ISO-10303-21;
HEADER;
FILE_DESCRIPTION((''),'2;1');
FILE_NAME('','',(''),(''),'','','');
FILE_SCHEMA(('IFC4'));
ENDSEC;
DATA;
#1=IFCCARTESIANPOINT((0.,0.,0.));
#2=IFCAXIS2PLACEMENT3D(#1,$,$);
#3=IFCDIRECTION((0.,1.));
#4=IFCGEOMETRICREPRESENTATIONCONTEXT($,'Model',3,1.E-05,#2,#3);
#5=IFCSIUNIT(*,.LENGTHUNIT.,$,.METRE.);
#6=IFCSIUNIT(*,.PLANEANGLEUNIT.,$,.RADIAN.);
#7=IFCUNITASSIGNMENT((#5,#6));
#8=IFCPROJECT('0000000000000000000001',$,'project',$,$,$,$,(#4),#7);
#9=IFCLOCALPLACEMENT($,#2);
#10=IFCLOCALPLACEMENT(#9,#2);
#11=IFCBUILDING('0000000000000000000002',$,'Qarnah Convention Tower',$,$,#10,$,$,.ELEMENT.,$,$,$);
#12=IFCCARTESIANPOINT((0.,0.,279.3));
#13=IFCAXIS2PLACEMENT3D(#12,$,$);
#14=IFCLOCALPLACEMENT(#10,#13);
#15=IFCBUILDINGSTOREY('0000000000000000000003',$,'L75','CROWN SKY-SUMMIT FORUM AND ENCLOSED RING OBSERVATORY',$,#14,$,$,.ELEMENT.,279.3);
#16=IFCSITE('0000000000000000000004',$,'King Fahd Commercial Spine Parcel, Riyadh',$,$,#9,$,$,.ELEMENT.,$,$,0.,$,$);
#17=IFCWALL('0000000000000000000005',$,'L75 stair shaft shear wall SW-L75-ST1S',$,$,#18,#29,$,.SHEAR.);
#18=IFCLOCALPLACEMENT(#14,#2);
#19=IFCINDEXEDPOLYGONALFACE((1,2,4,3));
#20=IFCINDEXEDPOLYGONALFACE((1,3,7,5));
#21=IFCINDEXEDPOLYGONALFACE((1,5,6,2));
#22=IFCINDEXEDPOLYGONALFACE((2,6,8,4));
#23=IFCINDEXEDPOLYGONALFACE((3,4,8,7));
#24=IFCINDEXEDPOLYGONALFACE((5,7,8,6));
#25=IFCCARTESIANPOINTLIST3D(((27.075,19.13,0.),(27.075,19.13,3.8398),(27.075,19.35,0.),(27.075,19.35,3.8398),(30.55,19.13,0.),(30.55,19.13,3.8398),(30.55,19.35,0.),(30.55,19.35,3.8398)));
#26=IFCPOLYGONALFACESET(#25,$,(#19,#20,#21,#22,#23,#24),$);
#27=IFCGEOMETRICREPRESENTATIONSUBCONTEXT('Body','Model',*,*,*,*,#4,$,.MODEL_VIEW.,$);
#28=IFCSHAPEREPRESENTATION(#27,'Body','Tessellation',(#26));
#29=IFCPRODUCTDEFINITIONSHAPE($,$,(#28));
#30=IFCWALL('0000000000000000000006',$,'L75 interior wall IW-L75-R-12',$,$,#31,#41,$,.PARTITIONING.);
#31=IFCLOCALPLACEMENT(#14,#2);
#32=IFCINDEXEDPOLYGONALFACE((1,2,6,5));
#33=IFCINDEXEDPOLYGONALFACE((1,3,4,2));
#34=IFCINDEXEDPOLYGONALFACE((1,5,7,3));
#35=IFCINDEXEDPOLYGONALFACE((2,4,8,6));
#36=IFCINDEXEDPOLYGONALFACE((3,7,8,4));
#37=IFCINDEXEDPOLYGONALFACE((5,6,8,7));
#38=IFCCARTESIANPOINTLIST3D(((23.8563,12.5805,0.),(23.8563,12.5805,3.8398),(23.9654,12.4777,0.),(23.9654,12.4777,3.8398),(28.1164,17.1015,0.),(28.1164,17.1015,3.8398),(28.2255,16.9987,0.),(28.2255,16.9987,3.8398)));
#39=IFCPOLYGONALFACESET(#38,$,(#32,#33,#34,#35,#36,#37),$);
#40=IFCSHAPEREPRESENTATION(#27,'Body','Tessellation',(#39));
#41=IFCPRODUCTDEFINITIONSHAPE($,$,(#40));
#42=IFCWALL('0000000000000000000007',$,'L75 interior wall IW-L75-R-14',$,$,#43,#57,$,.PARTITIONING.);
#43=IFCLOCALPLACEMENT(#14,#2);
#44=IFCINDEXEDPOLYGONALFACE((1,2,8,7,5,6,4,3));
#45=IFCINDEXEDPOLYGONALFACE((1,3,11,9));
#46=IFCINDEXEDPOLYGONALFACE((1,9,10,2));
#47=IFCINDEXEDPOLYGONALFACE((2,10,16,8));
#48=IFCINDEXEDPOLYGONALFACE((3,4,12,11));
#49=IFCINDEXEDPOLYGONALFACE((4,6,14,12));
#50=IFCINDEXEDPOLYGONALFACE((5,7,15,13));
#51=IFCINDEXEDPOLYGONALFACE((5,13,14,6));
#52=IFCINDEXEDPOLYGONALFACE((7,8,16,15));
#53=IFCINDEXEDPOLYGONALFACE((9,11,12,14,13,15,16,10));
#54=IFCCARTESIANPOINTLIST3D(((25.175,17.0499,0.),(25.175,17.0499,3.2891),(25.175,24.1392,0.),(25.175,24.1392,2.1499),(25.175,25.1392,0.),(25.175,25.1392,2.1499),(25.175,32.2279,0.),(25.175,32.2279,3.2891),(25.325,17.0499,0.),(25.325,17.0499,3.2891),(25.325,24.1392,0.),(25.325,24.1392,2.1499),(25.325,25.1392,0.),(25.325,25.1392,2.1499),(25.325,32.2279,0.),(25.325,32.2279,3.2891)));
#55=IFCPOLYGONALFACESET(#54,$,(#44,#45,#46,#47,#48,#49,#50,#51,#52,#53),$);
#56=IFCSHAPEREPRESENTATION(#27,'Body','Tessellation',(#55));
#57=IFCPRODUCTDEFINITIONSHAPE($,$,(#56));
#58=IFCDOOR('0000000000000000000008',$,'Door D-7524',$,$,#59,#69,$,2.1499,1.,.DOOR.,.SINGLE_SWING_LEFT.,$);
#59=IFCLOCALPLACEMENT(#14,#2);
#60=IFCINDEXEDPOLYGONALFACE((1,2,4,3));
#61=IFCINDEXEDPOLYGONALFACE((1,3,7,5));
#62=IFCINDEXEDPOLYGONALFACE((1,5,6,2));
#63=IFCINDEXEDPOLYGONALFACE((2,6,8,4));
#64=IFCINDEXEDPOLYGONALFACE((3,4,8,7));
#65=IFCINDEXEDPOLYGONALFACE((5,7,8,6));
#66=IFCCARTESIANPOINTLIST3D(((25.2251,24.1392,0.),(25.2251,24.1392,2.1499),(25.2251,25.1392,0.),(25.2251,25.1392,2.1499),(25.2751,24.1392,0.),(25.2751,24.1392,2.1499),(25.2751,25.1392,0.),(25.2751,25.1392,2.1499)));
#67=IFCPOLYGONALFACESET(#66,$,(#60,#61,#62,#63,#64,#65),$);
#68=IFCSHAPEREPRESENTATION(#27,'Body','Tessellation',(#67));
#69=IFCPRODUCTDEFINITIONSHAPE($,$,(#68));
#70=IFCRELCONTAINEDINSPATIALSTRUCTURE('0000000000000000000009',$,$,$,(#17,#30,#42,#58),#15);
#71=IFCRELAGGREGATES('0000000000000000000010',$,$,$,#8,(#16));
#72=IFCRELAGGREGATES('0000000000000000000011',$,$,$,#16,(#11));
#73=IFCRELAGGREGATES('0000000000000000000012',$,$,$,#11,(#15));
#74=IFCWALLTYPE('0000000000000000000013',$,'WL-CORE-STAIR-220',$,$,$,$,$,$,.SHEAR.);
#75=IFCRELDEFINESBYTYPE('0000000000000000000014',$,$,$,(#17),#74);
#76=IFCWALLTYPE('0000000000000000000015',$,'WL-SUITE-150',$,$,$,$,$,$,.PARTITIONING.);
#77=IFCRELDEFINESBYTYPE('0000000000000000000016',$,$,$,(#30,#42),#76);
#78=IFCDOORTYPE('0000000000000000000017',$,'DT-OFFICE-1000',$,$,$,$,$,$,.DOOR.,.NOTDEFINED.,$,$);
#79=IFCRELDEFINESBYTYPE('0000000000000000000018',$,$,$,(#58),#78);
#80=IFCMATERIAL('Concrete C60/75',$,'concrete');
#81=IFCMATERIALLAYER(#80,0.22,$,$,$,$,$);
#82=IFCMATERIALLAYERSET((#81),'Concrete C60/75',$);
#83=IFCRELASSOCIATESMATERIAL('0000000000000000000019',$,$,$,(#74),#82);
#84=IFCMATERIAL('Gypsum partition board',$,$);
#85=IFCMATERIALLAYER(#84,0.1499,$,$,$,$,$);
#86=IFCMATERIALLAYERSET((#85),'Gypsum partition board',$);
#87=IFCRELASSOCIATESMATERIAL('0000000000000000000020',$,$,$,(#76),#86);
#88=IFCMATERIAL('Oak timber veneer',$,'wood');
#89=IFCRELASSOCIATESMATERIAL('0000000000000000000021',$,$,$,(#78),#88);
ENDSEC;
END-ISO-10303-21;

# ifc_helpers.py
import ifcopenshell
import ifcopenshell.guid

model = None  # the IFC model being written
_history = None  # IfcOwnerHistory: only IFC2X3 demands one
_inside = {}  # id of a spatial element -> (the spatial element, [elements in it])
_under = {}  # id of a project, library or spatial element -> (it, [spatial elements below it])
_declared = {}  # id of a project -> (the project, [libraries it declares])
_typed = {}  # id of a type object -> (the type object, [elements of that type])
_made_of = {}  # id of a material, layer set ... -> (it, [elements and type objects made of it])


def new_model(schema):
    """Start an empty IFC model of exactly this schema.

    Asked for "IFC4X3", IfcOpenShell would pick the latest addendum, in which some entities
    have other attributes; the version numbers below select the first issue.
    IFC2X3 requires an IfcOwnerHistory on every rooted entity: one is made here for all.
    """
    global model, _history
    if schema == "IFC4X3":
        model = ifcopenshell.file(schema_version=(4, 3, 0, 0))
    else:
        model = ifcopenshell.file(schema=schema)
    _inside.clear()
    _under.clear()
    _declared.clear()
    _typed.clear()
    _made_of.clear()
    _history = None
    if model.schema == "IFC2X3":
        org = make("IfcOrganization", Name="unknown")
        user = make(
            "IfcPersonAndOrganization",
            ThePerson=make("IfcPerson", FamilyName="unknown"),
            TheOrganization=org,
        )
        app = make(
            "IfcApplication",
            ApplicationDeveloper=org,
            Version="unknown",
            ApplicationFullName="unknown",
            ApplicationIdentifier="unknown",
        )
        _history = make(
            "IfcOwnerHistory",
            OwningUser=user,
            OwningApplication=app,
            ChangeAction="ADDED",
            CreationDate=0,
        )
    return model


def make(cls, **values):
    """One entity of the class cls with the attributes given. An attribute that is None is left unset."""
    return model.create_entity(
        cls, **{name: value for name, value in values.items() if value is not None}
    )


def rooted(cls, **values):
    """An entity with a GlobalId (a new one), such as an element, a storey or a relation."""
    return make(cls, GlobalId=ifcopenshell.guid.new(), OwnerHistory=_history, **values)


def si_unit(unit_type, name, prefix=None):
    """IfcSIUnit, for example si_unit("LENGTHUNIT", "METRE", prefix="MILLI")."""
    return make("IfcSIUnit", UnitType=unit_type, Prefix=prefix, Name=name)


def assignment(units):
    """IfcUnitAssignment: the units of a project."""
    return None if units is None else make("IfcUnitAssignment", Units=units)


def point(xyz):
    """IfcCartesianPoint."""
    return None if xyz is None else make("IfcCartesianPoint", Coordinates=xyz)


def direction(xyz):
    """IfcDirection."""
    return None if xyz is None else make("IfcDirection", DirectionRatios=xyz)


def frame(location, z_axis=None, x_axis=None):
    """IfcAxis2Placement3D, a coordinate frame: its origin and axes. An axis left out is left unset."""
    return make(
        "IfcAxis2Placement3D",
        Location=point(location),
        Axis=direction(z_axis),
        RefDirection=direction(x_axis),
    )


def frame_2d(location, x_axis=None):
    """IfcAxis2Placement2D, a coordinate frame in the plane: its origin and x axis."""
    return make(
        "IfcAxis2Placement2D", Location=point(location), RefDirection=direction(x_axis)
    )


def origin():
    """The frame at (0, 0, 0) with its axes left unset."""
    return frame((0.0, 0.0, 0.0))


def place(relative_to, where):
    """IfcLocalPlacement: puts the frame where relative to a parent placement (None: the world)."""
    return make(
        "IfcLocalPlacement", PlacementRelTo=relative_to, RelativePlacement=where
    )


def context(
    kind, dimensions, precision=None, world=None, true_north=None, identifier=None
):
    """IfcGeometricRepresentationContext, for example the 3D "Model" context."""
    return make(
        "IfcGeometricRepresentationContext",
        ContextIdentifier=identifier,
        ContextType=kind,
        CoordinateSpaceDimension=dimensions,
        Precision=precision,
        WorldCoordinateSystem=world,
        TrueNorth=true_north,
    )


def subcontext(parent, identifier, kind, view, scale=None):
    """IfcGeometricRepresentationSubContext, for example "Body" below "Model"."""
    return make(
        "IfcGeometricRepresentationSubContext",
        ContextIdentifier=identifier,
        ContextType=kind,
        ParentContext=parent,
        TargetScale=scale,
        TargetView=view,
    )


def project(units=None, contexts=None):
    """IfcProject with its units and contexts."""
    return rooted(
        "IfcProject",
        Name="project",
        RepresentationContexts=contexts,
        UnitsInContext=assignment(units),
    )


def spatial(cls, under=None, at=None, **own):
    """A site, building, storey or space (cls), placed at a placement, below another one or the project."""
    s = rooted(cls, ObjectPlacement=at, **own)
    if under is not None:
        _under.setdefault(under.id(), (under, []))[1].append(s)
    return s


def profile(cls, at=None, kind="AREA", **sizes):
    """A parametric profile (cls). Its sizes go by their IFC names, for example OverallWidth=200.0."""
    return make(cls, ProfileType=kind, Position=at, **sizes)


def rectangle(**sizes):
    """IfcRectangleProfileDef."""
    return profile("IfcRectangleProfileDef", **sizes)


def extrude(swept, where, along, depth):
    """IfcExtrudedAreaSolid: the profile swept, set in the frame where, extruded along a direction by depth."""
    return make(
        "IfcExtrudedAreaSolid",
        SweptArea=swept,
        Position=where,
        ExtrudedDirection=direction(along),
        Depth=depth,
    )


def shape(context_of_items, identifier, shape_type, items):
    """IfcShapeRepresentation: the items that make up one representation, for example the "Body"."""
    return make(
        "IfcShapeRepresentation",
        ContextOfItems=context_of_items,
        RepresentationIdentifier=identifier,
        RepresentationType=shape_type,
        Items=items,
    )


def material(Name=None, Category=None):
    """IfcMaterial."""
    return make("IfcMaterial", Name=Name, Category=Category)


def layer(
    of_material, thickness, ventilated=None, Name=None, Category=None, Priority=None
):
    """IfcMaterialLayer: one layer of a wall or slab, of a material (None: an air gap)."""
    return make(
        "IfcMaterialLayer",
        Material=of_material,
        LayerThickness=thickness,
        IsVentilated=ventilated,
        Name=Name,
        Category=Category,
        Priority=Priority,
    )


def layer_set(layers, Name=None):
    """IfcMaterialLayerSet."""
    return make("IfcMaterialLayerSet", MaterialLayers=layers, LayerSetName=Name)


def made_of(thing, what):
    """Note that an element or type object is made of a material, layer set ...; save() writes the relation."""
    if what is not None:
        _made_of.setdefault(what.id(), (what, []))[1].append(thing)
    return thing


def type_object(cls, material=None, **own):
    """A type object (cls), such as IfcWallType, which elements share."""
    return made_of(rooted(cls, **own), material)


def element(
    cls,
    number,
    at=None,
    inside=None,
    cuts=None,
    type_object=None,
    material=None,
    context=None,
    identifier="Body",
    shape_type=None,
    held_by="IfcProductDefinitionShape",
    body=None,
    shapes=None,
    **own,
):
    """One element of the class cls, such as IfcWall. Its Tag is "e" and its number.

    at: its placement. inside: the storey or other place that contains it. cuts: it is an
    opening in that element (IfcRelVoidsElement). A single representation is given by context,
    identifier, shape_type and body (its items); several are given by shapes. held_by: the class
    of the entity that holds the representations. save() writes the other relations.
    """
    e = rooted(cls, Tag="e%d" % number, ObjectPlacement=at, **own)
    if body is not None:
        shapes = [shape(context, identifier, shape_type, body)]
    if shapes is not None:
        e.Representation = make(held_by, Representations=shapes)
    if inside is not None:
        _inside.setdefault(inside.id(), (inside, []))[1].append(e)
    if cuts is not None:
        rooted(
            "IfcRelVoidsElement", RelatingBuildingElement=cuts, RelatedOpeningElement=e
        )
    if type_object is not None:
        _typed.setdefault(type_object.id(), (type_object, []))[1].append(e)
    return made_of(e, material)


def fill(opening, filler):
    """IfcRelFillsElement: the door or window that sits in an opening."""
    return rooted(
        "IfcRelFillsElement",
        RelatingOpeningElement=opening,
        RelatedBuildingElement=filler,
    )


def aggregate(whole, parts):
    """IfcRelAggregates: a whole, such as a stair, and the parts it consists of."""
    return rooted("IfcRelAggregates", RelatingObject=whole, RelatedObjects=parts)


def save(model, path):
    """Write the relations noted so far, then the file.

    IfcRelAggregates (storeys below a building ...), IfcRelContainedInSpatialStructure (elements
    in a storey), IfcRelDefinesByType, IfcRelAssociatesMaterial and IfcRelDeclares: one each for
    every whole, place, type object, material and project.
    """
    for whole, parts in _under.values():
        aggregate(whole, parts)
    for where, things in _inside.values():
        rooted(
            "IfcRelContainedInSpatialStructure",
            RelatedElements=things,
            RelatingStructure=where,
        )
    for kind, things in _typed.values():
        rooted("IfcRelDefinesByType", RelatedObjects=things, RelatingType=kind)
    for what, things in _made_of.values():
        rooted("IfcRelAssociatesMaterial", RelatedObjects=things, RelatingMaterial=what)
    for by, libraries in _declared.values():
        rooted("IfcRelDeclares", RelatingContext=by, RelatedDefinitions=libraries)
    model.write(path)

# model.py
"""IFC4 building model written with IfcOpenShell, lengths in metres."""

from ifc_helpers import new_model, si_unit, direction, frame, frame_2d, origin, place, context, subcontext, project, spatial, rectangle, extrude, material, layer, layer_set, type_object, element, fill, save


model = new_model("IFC4")

# Units and contexts
model_context = context("Model", 3, precision=1e-05, world=origin(), true_north=direction((0.0, 1.0)))
body_context = subcontext(model_context, "Body", "Model", "MODEL_VIEW")
ifc_project = project(units=[si_unit("LENGTHUNIT", "METRE"), si_unit("PLANEANGLEUNIT", "RADIAN")], contexts=[model_context])

# Site, building, storey
site_placement = place(None, origin())
site = spatial("IfcSite", under=ifc_project, at=site_placement, Name="King Fahd Commercial Spine Parcel, Riyadh", CompositionType="ELEMENT", RefElevation=0.0)
building_placement = place(site_placement, origin())
building = spatial("IfcBuilding", under=site, at=building_placement, Name="Qarnah Convention Tower", CompositionType="ELEMENT")
storey_placement = place(building_placement, frame((0.0, 0.0, 279.3)))
storey = spatial("IfcBuildingStorey", under=building, at=storey_placement, Name="L75", Description="CROWN SKY-SUMMIT FORUM AND ENCLOSED RING OBSERVATORY", CompositionType="ELEMENT", Elevation=279.3)

# Shared definitions
ifc_material_1 = material(Name="Concrete C60/75", Category="concrete")

# Wall
ifc_layer_1 = layer(ifc_material_1, 0.22)
ifc_layer_set_1 = layer_set([ifc_layer_1], Name="Concrete C60/75")
wall_type_1 = type_object("IfcWallType", Name="WL-CORE-STAIR-220", PredefinedType="SHEAR", material=ifc_layer_set_1)
wall_1_placement = place(storey_placement, frame((27.075, 19.24, 0.0), z_axis=(0.0, 0.0, 1.0), x_axis=(1.0, 0.0, 0.0)))
element("IfcWall", 1, at=wall_1_placement, inside=storey, type_object=wall_type_1, Name="L75 stair shaft shear wall SW-L75-ST1S", PredefinedType="SHEAR", context=body_context, shape_type="SweptSolid", body=[
    extrude(rectangle(XDim=3.4751, YDim=0.22, at=frame_2d((1.7375, 0.0))), origin(), (0.0, 0.0, 1.0), 3.8398),
])

# Wall
ifc_material_2 = material(Name="Gypsum partition board")
ifc_layer_2 = layer(ifc_material_2, 0.1499)
ifc_layer_set_2 = layer_set([ifc_layer_2], Name="Gypsum partition board")
wall_type_2 = type_object("IfcWallType", Name="WL-SUITE-150", PredefinedType="PARTITIONING", material=ifc_layer_set_2)
wall_2_placement = place(storey_placement, frame((23.9109, 12.5291, 0.0), z_axis=(0.0, 0.0, 1.0), x_axis=(0.685788, 0.727802, 0.0)))
element("IfcWall", 2, at=wall_2_placement, inside=storey, type_object=wall_type_2, Name="L75 interior wall IW-L75-R-12", PredefinedType="PARTITIONING", context=body_context, shape_type="SweptSolid", body=[
    extrude(rectangle(XDim=6.2119, YDim=0.1499, at=frame_2d((3.106, 0.0))), origin(), (0.0, 0.0, 1.0), 3.8398),
])

# Wall, opening, door
wall_3_placement = place(storey_placement, frame((25.25, 17.05, 0.0), z_axis=(0.0, 0.0, 1.0), x_axis=(0.0, 1.0, 0.0)))
wall_3 = element("IfcWall", 3, at=wall_3_placement, inside=storey, type_object=wall_type_2, Name="L75 interior wall IW-L75-R-14", PredefinedType="PARTITIONING", context=body_context, shape_type="SweptSolid", body=[
    extrude(rectangle(XDim=15.178, YDim=0.1499, at=frame_2d((7.5889, 0.0))), origin(), (0.0, 0.0, 1.0), 3.2891),
])
opening_1_placement = place(wall_3_placement, frame((7.0891, 0.0, 0.0)))
opening_1 = element("IfcOpeningElement", 4, at=opening_1_placement, cuts=wall_3, PredefinedType="OPENING", context=body_context, shape_type="SweptSolid", body=[
    extrude(rectangle(XDim=1.0, YDim=2.1499, at=frame_2d((0.5, 1.075))), frame((0.0, 0.085, 0.0), z_axis=(0.0, -1.0, 0.0), x_axis=(1.0, 0.0, 0.0)), (0.0, 0.0, 1.0), 0.1699),
])
ifc_material_3 = material(Name="Oak timber veneer", Category="wood")
door_type_1 = type_object("IfcDoorType", Name="DT-OFFICE-1000", OperationType="NOTDEFINED", PredefinedType="DOOR", material=ifc_material_3)
door_1_placement = place(opening_1_placement, origin())
door_1 = element("IfcDoor", 5, at=door_1_placement, inside=storey, type_object=door_type_1, Name="Door D-7524", OperationType="SINGLE_SWING_LEFT", OverallHeight=2.1499, OverallWidth=1.0, PredefinedType="DOOR", context=body_context, shape_type="SweptSolid", body=[
    extrude(rectangle(XDim=1.0, YDim=2.1499, at=frame_2d((0.5, 1.075))), frame((0.0, 0.0249, 0.0), z_axis=(0.0, -1.0, 0.0), x_axis=(1.0, 0.0, 0.0)), (0.0, 0.0, 1.0), 0.05),
])
fill(opening_1, door_1)

save(model, "model.ifc")
